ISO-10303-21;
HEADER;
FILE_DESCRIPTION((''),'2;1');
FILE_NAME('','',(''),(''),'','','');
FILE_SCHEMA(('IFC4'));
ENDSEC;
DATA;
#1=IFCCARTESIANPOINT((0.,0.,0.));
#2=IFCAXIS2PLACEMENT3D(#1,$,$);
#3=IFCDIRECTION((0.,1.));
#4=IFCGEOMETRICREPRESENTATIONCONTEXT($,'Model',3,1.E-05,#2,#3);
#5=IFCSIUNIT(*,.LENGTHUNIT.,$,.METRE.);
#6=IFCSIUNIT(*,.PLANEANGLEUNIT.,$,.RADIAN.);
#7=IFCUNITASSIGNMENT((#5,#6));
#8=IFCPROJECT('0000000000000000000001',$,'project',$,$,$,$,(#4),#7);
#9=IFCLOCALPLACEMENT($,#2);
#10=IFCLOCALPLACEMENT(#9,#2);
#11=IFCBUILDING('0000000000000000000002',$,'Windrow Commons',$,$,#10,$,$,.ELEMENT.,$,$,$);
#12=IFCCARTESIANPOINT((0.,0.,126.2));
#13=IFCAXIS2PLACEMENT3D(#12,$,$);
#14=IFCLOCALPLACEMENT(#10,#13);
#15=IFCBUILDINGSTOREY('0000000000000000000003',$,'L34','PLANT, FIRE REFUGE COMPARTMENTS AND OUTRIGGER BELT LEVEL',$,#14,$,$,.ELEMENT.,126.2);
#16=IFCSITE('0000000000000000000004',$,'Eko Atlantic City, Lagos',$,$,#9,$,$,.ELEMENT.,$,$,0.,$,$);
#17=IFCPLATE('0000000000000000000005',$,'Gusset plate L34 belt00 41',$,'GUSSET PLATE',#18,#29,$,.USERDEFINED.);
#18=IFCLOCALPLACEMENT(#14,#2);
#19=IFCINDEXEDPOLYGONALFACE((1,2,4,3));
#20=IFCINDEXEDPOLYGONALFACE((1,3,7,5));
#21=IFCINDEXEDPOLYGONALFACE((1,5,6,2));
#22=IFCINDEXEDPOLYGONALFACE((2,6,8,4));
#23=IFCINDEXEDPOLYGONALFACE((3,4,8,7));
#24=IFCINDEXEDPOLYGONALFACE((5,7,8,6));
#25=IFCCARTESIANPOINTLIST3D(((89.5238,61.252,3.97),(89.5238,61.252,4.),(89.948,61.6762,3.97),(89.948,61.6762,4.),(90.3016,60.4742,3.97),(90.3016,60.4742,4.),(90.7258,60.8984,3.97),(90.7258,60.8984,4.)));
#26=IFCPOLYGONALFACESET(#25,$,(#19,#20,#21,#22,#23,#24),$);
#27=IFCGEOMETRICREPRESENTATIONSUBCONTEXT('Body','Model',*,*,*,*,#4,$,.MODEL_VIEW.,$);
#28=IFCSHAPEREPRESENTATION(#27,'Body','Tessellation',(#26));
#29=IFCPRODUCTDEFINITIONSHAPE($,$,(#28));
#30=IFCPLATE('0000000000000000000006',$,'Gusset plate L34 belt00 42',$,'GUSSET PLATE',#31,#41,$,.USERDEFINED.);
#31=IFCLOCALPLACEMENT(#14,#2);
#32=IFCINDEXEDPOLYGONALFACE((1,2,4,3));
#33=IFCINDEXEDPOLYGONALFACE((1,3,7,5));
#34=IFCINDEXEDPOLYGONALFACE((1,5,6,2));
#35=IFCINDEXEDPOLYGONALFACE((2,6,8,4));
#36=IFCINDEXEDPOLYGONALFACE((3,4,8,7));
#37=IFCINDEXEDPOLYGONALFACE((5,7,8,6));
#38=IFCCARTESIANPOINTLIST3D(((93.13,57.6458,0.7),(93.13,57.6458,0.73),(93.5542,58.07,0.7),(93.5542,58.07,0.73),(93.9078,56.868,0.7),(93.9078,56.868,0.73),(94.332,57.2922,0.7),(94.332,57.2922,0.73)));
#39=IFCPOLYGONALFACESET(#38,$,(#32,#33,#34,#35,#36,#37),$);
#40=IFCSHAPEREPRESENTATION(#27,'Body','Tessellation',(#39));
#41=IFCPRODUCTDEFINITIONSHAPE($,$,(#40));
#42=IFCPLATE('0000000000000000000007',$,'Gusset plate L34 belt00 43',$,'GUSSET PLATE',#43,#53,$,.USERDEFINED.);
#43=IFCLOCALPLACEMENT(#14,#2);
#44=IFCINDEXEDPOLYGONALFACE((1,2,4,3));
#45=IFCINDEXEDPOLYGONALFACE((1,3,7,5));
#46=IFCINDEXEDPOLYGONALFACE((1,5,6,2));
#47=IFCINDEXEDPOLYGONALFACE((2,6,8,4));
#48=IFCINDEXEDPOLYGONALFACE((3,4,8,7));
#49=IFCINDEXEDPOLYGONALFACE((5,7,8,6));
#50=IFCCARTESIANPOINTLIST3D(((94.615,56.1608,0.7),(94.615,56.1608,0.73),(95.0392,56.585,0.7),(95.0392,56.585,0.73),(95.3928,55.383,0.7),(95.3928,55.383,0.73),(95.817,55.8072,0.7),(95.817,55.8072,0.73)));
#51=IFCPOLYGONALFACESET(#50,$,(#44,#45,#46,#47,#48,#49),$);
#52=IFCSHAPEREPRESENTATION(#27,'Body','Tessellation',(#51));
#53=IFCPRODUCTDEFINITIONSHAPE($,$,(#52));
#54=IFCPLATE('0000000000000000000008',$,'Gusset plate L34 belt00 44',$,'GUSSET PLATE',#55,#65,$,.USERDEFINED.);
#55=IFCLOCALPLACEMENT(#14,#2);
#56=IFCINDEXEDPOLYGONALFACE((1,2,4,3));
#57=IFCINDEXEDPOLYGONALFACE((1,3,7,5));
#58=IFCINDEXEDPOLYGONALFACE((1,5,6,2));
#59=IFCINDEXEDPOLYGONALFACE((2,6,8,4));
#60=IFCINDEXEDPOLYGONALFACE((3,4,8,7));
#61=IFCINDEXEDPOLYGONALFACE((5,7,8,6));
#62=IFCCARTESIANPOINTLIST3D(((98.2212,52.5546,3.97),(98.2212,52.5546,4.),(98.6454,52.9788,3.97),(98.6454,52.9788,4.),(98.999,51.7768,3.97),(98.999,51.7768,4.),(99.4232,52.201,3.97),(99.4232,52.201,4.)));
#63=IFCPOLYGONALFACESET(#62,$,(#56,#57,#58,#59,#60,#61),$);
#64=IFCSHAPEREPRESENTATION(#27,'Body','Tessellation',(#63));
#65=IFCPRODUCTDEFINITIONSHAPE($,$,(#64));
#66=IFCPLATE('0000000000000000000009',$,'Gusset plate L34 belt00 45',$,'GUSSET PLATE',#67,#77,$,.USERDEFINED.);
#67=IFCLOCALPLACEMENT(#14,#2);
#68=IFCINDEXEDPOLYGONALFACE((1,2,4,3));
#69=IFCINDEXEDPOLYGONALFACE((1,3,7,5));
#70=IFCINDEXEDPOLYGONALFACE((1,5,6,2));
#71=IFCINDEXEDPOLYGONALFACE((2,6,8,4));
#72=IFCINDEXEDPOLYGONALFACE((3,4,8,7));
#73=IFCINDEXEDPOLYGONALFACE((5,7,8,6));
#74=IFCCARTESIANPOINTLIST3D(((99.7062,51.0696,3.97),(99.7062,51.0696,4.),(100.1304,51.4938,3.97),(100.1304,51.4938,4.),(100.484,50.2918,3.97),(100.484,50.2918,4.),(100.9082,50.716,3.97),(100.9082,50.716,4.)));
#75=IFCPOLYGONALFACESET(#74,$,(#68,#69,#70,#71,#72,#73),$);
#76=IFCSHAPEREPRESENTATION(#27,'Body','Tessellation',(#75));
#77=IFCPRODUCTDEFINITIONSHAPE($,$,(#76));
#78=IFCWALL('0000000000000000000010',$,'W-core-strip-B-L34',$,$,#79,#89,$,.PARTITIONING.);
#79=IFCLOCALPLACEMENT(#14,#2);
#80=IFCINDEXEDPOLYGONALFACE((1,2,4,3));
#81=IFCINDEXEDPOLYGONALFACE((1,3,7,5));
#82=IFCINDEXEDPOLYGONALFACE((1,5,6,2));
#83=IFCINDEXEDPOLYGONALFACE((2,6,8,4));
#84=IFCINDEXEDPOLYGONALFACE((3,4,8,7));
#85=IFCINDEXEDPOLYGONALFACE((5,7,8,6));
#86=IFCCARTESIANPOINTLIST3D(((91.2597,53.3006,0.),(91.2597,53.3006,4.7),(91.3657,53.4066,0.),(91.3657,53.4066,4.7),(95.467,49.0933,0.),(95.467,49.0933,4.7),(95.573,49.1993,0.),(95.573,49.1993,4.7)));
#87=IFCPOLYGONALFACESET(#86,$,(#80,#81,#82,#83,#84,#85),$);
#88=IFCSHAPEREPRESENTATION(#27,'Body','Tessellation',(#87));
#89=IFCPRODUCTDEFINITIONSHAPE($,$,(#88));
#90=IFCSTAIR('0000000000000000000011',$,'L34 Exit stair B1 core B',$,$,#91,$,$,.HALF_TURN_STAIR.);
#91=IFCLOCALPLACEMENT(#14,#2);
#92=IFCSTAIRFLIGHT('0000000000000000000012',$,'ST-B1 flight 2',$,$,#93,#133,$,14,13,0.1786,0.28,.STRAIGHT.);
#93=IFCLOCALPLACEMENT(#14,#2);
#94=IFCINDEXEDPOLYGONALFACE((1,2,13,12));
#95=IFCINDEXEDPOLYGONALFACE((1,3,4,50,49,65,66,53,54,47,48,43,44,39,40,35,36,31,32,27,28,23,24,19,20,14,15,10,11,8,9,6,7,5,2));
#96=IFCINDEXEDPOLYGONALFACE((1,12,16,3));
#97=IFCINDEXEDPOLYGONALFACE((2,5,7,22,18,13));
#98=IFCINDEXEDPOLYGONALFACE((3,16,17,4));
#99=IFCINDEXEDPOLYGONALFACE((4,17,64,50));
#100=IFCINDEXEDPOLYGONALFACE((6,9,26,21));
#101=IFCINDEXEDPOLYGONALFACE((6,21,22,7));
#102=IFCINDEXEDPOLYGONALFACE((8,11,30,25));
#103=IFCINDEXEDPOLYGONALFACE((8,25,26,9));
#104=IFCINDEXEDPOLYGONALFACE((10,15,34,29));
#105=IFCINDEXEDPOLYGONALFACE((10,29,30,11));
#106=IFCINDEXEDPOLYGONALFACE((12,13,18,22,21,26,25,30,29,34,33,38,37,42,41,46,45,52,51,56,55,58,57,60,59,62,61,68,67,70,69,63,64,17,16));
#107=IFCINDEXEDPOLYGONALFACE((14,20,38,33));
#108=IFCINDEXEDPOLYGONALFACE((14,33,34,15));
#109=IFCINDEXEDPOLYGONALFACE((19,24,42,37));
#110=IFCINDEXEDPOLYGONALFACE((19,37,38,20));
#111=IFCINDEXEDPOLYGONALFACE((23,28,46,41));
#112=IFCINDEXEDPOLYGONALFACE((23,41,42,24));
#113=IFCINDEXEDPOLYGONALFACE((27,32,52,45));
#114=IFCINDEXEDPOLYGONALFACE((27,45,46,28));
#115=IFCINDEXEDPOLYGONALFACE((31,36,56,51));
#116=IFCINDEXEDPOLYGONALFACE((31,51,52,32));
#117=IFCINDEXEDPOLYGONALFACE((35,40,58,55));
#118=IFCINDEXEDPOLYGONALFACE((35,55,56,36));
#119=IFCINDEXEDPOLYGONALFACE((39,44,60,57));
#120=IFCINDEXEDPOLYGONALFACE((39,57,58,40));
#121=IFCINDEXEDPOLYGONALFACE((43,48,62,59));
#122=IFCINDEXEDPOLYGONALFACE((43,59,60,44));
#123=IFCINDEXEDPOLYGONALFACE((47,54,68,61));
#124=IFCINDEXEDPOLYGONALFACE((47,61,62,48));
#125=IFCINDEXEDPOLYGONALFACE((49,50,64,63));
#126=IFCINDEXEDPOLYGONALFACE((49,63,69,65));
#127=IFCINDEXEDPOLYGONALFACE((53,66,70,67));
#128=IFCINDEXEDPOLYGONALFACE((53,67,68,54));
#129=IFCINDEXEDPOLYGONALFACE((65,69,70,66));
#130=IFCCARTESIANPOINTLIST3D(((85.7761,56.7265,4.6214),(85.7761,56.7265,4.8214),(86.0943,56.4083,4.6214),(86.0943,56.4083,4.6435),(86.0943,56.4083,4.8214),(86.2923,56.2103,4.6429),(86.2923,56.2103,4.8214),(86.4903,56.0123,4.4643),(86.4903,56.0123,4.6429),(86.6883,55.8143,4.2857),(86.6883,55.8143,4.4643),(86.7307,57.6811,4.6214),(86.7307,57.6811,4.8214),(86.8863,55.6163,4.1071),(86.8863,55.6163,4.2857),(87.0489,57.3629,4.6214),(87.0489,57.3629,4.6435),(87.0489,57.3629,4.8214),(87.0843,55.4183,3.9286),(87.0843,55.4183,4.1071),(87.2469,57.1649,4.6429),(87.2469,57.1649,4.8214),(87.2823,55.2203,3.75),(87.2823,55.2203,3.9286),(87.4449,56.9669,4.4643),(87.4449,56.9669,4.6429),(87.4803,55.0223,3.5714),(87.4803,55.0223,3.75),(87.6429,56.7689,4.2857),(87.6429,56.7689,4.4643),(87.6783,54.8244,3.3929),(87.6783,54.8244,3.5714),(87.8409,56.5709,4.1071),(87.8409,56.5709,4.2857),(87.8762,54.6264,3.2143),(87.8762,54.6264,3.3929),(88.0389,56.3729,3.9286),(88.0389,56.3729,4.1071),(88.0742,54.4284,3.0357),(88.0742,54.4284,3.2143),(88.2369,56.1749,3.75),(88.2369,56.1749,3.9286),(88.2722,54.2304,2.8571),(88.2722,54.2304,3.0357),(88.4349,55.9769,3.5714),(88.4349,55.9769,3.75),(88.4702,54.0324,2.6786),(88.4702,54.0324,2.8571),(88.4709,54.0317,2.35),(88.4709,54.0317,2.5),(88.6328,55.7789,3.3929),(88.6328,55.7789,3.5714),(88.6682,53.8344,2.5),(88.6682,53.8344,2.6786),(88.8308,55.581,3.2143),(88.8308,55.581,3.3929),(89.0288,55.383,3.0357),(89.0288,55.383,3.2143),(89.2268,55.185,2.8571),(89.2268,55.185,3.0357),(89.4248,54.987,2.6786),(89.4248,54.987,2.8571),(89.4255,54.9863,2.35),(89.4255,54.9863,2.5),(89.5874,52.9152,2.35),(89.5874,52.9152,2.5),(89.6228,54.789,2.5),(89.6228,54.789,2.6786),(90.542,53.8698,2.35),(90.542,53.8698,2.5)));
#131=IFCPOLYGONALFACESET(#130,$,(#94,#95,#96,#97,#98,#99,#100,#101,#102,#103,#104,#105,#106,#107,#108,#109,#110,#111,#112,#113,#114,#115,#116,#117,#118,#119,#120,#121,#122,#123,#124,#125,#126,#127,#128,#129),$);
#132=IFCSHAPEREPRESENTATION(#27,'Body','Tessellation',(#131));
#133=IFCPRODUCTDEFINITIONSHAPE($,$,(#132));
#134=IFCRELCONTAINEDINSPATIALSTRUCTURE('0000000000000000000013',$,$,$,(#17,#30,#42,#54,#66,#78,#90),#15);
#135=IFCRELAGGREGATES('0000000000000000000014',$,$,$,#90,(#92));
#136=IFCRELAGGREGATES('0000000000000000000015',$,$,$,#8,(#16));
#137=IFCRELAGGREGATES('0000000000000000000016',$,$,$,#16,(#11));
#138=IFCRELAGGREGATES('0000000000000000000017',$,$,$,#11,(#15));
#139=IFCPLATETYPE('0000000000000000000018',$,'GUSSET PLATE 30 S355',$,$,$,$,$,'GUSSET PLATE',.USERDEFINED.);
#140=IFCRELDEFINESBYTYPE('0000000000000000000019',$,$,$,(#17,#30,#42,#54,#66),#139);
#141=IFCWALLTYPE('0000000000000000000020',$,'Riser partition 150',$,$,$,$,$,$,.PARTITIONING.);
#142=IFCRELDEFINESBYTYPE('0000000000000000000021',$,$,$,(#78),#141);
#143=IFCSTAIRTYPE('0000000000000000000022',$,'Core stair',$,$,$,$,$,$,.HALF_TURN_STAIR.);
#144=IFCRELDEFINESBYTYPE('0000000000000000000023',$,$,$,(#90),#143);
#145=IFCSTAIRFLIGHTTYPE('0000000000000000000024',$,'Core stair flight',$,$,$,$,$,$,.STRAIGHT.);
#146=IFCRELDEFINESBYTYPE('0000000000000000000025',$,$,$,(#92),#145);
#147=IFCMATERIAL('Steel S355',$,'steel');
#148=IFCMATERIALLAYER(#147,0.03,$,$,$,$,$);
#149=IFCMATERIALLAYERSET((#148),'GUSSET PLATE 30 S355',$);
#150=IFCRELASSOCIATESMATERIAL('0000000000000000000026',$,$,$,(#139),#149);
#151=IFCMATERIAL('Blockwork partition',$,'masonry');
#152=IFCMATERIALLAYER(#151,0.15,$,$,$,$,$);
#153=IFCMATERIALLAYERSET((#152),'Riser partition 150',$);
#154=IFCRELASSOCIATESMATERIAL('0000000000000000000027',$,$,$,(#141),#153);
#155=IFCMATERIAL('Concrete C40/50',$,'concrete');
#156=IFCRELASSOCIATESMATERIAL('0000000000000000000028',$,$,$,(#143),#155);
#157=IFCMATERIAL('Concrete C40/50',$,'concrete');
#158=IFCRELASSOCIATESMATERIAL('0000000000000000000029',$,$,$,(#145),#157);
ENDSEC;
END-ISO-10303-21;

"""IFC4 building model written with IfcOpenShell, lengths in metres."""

from ifc_helpers import new_model, si_unit, direction, frame, frame_2d, origin, origin_2d, place, context, subcontext, project, spatial, polyline, rectangle, outline, extrude, material, layer, layer_set, type_object, element, aggregate, save


model = new_model("IFC4")

# Units and contexts
model_context = context("Model", 3, precision=1e-05, world=origin(), true_north=direction((0.0, 1.0)))
body_context = subcontext(model_context, "Body", "Model", "MODEL_VIEW")
ifc_project = project(units=[si_unit("LENGTHUNIT", "METRE"), si_unit("PLANEANGLEUNIT", "RADIAN")], contexts=[model_context])

# Site, building, storey
site_placement = place(None, origin())
site = spatial("IfcSite", under=ifc_project, at=site_placement, Name="Eko Atlantic City, Lagos", CompositionType="ELEMENT", RefElevation=0.0)
building_placement = place(site_placement, origin())
building = spatial("IfcBuilding", under=site, at=building_placement, Name="Windrow Commons", CompositionType="ELEMENT")
storey_placement = place(building_placement, frame((0.0, 0.0, 126.2)))
storey = spatial("IfcBuildingStorey", under=building, at=storey_placement, Name="L34", Description="PLANT, FIRE REFUGE COMPARTMENTS AND OUTRIGGER BELT LEVEL", CompositionType="ELEMENT", Elevation=126.2)

# Plates
ifc_material_1 = material(Name="Steel S355", Category="steel")
ifc_layer_1 = layer(ifc_material_1, 0.03)
ifc_layer_set_1 = layer_set([ifc_layer_1], Name="GUSSET PLATE 30 S355")
plate_type = type_object("IfcPlateType", Name="GUSSET PLATE 30 S355", ElementType="GUSSET PLATE", PredefinedType="USERDEFINED", material=ifc_layer_set_1)
for number, where, z_axis, x_axis, name in (
    (1, (90.1248, 61.0752, 3.97), (0.0, 0.0, 1.0), (0.707107, -0.707107, 0.0), "Gusset plate L34 belt00 41"),
    (2, (93.731, 57.469, 0.7), (0.0, 0.0, 1.0), (0.707107, -0.707107, 0.0), "Gusset plate L34 belt00 42"),
    (3, (95.216, 55.984, 0.7), (0.0, 0.0, 1.0), (0.707107, -0.707107, 0.0), "Gusset plate L34 belt00 43"),
    (4, (98.8222, 52.3778, 3.97), (0.0, 0.0, 1.0), (0.707107, -0.707107, 0.0), "Gusset plate L34 belt00 44"),
    (5, (100.3072, 50.8928, 3.97), (0.0, 0.0, 1.0), (0.707107, -0.707107, 0.0), "Gusset plate L34 belt00 45"),
):
    element("IfcPlate", number, at=place(storey_placement, frame(where, z_axis=z_axis, x_axis=x_axis)), inside=storey, type_object=plate_type, Name=name, ObjectType="GUSSET PLATE", PredefinedType="USERDEFINED", context=body_context, shape_type="SweptSolid", body=[
        extrude(rectangle(XDim=1.1, YDim=0.6, at=origin_2d()), origin(), (0.0, 0.0, 1.0), 0.03),
    ])

# Wall
ifc_material_2 = material(Name="Blockwork partition", Category="masonry")
ifc_layer_2 = layer(ifc_material_2, 0.15)
ifc_layer_set_2 = layer_set([ifc_layer_2], Name="Riser partition 150")
wall_type = type_object("IfcWallType", Name="Riser partition 150", PredefinedType="PARTITIONING", material=ifc_layer_set_2)
wall_placement = place(storey_placement, frame((91.3127, 53.3536, 0.0), z_axis=(0.0, 0.0, 1.0), x_axis=(0.707107, -0.707107, 0.0)))
element("IfcWall", 6, at=wall_placement, inside=storey, type_object=wall_type, Name="W-core-strip-B-L34", PredefinedType="PARTITIONING", context=body_context, shape_type="SweptSolid", body=[
    extrude(rectangle(XDim=5.95, YDim=0.15, at=frame_2d((2.975, 0.0))), origin(), (0.0, 0.0, 1.0), 4.7),
])

# Stair, stair flight
ifc_material_3 = material(Name="Concrete C40/50", Category="concrete")
stair_type = type_object("IfcStairType", Name="Core stair", PredefinedType="HALF_TURN_STAIR", material=ifc_material_3)
stair_placement = place(storey_placement, origin())
stair = element("IfcStair", 7, at=stair_placement, inside=storey, type_object=stair_type, Name="L34 Exit stair B1 core B", PredefinedType="HALF_TURN_STAIR")
ifc_material_4 = material(Name="Concrete C40/50", Category="concrete")
stair_flight_type = type_object("IfcStairFlightType", Name="Core stair flight", PredefinedType="STRAIGHT", material=ifc_material_4)
stair_flight_placement = place(storey_placement, frame((89.1455, 54.3117, 2.5), z_axis=(0.0, 0.0, 1.0), x_axis=(-0.707107, 0.707107, 0.0)))
stair_flight = element("IfcStairFlight", 8, at=stair_flight_placement, type_object=stair_flight_type, Name="ST-B1 flight 2", NumberOfRisers=14, NumberOfTreads=13, PredefinedType="STRAIGHT", RiserHeight=0.1786, TreadLength=0.28, context=body_context, shape_type="SweptSolid", body=[
    extrude(outline(polyline([(-1.3, -0.15), (-1.3, 0.0), (0.0, 0.0), (0.0, 0.1786), (0.28, 0.1786), (0.28, 0.3571), (0.56, 0.3571), (0.56, 0.5357), (0.84, 0.5357), (0.84, 0.7143), (1.12, 0.7143), (1.12, 0.8929), (1.4, 0.8929), (1.4, 1.0714), (1.68, 1.0714), (1.68, 1.25), (1.96, 1.25), (1.96, 1.4286), (2.24, 1.4286), (2.24, 1.6071), (2.52, 1.6071), (2.52, 1.7857), (2.8, 1.7857), (2.8, 1.9643), (3.08, 1.9643), (3.08, 2.1429), (3.36, 2.1429), (3.36, 2.3214), (3.64, 2.3214), (4.09, 2.3214), (4.09, 2.1214), (3.64, 2.1214), (3.64, 2.1435), (0.279, 0.0), (0.279, -0.15), (-1.3, -0.15)])), frame((0.0, 0.675, 0.0), z_axis=(0.0, -1.0, 0.0), x_axis=(1.0, 0.0, 0.0)), (0.0, 0.0, 1.0), 1.35),
])
aggregate(stair, [stair_flight])

save(model, "model.ifc")
